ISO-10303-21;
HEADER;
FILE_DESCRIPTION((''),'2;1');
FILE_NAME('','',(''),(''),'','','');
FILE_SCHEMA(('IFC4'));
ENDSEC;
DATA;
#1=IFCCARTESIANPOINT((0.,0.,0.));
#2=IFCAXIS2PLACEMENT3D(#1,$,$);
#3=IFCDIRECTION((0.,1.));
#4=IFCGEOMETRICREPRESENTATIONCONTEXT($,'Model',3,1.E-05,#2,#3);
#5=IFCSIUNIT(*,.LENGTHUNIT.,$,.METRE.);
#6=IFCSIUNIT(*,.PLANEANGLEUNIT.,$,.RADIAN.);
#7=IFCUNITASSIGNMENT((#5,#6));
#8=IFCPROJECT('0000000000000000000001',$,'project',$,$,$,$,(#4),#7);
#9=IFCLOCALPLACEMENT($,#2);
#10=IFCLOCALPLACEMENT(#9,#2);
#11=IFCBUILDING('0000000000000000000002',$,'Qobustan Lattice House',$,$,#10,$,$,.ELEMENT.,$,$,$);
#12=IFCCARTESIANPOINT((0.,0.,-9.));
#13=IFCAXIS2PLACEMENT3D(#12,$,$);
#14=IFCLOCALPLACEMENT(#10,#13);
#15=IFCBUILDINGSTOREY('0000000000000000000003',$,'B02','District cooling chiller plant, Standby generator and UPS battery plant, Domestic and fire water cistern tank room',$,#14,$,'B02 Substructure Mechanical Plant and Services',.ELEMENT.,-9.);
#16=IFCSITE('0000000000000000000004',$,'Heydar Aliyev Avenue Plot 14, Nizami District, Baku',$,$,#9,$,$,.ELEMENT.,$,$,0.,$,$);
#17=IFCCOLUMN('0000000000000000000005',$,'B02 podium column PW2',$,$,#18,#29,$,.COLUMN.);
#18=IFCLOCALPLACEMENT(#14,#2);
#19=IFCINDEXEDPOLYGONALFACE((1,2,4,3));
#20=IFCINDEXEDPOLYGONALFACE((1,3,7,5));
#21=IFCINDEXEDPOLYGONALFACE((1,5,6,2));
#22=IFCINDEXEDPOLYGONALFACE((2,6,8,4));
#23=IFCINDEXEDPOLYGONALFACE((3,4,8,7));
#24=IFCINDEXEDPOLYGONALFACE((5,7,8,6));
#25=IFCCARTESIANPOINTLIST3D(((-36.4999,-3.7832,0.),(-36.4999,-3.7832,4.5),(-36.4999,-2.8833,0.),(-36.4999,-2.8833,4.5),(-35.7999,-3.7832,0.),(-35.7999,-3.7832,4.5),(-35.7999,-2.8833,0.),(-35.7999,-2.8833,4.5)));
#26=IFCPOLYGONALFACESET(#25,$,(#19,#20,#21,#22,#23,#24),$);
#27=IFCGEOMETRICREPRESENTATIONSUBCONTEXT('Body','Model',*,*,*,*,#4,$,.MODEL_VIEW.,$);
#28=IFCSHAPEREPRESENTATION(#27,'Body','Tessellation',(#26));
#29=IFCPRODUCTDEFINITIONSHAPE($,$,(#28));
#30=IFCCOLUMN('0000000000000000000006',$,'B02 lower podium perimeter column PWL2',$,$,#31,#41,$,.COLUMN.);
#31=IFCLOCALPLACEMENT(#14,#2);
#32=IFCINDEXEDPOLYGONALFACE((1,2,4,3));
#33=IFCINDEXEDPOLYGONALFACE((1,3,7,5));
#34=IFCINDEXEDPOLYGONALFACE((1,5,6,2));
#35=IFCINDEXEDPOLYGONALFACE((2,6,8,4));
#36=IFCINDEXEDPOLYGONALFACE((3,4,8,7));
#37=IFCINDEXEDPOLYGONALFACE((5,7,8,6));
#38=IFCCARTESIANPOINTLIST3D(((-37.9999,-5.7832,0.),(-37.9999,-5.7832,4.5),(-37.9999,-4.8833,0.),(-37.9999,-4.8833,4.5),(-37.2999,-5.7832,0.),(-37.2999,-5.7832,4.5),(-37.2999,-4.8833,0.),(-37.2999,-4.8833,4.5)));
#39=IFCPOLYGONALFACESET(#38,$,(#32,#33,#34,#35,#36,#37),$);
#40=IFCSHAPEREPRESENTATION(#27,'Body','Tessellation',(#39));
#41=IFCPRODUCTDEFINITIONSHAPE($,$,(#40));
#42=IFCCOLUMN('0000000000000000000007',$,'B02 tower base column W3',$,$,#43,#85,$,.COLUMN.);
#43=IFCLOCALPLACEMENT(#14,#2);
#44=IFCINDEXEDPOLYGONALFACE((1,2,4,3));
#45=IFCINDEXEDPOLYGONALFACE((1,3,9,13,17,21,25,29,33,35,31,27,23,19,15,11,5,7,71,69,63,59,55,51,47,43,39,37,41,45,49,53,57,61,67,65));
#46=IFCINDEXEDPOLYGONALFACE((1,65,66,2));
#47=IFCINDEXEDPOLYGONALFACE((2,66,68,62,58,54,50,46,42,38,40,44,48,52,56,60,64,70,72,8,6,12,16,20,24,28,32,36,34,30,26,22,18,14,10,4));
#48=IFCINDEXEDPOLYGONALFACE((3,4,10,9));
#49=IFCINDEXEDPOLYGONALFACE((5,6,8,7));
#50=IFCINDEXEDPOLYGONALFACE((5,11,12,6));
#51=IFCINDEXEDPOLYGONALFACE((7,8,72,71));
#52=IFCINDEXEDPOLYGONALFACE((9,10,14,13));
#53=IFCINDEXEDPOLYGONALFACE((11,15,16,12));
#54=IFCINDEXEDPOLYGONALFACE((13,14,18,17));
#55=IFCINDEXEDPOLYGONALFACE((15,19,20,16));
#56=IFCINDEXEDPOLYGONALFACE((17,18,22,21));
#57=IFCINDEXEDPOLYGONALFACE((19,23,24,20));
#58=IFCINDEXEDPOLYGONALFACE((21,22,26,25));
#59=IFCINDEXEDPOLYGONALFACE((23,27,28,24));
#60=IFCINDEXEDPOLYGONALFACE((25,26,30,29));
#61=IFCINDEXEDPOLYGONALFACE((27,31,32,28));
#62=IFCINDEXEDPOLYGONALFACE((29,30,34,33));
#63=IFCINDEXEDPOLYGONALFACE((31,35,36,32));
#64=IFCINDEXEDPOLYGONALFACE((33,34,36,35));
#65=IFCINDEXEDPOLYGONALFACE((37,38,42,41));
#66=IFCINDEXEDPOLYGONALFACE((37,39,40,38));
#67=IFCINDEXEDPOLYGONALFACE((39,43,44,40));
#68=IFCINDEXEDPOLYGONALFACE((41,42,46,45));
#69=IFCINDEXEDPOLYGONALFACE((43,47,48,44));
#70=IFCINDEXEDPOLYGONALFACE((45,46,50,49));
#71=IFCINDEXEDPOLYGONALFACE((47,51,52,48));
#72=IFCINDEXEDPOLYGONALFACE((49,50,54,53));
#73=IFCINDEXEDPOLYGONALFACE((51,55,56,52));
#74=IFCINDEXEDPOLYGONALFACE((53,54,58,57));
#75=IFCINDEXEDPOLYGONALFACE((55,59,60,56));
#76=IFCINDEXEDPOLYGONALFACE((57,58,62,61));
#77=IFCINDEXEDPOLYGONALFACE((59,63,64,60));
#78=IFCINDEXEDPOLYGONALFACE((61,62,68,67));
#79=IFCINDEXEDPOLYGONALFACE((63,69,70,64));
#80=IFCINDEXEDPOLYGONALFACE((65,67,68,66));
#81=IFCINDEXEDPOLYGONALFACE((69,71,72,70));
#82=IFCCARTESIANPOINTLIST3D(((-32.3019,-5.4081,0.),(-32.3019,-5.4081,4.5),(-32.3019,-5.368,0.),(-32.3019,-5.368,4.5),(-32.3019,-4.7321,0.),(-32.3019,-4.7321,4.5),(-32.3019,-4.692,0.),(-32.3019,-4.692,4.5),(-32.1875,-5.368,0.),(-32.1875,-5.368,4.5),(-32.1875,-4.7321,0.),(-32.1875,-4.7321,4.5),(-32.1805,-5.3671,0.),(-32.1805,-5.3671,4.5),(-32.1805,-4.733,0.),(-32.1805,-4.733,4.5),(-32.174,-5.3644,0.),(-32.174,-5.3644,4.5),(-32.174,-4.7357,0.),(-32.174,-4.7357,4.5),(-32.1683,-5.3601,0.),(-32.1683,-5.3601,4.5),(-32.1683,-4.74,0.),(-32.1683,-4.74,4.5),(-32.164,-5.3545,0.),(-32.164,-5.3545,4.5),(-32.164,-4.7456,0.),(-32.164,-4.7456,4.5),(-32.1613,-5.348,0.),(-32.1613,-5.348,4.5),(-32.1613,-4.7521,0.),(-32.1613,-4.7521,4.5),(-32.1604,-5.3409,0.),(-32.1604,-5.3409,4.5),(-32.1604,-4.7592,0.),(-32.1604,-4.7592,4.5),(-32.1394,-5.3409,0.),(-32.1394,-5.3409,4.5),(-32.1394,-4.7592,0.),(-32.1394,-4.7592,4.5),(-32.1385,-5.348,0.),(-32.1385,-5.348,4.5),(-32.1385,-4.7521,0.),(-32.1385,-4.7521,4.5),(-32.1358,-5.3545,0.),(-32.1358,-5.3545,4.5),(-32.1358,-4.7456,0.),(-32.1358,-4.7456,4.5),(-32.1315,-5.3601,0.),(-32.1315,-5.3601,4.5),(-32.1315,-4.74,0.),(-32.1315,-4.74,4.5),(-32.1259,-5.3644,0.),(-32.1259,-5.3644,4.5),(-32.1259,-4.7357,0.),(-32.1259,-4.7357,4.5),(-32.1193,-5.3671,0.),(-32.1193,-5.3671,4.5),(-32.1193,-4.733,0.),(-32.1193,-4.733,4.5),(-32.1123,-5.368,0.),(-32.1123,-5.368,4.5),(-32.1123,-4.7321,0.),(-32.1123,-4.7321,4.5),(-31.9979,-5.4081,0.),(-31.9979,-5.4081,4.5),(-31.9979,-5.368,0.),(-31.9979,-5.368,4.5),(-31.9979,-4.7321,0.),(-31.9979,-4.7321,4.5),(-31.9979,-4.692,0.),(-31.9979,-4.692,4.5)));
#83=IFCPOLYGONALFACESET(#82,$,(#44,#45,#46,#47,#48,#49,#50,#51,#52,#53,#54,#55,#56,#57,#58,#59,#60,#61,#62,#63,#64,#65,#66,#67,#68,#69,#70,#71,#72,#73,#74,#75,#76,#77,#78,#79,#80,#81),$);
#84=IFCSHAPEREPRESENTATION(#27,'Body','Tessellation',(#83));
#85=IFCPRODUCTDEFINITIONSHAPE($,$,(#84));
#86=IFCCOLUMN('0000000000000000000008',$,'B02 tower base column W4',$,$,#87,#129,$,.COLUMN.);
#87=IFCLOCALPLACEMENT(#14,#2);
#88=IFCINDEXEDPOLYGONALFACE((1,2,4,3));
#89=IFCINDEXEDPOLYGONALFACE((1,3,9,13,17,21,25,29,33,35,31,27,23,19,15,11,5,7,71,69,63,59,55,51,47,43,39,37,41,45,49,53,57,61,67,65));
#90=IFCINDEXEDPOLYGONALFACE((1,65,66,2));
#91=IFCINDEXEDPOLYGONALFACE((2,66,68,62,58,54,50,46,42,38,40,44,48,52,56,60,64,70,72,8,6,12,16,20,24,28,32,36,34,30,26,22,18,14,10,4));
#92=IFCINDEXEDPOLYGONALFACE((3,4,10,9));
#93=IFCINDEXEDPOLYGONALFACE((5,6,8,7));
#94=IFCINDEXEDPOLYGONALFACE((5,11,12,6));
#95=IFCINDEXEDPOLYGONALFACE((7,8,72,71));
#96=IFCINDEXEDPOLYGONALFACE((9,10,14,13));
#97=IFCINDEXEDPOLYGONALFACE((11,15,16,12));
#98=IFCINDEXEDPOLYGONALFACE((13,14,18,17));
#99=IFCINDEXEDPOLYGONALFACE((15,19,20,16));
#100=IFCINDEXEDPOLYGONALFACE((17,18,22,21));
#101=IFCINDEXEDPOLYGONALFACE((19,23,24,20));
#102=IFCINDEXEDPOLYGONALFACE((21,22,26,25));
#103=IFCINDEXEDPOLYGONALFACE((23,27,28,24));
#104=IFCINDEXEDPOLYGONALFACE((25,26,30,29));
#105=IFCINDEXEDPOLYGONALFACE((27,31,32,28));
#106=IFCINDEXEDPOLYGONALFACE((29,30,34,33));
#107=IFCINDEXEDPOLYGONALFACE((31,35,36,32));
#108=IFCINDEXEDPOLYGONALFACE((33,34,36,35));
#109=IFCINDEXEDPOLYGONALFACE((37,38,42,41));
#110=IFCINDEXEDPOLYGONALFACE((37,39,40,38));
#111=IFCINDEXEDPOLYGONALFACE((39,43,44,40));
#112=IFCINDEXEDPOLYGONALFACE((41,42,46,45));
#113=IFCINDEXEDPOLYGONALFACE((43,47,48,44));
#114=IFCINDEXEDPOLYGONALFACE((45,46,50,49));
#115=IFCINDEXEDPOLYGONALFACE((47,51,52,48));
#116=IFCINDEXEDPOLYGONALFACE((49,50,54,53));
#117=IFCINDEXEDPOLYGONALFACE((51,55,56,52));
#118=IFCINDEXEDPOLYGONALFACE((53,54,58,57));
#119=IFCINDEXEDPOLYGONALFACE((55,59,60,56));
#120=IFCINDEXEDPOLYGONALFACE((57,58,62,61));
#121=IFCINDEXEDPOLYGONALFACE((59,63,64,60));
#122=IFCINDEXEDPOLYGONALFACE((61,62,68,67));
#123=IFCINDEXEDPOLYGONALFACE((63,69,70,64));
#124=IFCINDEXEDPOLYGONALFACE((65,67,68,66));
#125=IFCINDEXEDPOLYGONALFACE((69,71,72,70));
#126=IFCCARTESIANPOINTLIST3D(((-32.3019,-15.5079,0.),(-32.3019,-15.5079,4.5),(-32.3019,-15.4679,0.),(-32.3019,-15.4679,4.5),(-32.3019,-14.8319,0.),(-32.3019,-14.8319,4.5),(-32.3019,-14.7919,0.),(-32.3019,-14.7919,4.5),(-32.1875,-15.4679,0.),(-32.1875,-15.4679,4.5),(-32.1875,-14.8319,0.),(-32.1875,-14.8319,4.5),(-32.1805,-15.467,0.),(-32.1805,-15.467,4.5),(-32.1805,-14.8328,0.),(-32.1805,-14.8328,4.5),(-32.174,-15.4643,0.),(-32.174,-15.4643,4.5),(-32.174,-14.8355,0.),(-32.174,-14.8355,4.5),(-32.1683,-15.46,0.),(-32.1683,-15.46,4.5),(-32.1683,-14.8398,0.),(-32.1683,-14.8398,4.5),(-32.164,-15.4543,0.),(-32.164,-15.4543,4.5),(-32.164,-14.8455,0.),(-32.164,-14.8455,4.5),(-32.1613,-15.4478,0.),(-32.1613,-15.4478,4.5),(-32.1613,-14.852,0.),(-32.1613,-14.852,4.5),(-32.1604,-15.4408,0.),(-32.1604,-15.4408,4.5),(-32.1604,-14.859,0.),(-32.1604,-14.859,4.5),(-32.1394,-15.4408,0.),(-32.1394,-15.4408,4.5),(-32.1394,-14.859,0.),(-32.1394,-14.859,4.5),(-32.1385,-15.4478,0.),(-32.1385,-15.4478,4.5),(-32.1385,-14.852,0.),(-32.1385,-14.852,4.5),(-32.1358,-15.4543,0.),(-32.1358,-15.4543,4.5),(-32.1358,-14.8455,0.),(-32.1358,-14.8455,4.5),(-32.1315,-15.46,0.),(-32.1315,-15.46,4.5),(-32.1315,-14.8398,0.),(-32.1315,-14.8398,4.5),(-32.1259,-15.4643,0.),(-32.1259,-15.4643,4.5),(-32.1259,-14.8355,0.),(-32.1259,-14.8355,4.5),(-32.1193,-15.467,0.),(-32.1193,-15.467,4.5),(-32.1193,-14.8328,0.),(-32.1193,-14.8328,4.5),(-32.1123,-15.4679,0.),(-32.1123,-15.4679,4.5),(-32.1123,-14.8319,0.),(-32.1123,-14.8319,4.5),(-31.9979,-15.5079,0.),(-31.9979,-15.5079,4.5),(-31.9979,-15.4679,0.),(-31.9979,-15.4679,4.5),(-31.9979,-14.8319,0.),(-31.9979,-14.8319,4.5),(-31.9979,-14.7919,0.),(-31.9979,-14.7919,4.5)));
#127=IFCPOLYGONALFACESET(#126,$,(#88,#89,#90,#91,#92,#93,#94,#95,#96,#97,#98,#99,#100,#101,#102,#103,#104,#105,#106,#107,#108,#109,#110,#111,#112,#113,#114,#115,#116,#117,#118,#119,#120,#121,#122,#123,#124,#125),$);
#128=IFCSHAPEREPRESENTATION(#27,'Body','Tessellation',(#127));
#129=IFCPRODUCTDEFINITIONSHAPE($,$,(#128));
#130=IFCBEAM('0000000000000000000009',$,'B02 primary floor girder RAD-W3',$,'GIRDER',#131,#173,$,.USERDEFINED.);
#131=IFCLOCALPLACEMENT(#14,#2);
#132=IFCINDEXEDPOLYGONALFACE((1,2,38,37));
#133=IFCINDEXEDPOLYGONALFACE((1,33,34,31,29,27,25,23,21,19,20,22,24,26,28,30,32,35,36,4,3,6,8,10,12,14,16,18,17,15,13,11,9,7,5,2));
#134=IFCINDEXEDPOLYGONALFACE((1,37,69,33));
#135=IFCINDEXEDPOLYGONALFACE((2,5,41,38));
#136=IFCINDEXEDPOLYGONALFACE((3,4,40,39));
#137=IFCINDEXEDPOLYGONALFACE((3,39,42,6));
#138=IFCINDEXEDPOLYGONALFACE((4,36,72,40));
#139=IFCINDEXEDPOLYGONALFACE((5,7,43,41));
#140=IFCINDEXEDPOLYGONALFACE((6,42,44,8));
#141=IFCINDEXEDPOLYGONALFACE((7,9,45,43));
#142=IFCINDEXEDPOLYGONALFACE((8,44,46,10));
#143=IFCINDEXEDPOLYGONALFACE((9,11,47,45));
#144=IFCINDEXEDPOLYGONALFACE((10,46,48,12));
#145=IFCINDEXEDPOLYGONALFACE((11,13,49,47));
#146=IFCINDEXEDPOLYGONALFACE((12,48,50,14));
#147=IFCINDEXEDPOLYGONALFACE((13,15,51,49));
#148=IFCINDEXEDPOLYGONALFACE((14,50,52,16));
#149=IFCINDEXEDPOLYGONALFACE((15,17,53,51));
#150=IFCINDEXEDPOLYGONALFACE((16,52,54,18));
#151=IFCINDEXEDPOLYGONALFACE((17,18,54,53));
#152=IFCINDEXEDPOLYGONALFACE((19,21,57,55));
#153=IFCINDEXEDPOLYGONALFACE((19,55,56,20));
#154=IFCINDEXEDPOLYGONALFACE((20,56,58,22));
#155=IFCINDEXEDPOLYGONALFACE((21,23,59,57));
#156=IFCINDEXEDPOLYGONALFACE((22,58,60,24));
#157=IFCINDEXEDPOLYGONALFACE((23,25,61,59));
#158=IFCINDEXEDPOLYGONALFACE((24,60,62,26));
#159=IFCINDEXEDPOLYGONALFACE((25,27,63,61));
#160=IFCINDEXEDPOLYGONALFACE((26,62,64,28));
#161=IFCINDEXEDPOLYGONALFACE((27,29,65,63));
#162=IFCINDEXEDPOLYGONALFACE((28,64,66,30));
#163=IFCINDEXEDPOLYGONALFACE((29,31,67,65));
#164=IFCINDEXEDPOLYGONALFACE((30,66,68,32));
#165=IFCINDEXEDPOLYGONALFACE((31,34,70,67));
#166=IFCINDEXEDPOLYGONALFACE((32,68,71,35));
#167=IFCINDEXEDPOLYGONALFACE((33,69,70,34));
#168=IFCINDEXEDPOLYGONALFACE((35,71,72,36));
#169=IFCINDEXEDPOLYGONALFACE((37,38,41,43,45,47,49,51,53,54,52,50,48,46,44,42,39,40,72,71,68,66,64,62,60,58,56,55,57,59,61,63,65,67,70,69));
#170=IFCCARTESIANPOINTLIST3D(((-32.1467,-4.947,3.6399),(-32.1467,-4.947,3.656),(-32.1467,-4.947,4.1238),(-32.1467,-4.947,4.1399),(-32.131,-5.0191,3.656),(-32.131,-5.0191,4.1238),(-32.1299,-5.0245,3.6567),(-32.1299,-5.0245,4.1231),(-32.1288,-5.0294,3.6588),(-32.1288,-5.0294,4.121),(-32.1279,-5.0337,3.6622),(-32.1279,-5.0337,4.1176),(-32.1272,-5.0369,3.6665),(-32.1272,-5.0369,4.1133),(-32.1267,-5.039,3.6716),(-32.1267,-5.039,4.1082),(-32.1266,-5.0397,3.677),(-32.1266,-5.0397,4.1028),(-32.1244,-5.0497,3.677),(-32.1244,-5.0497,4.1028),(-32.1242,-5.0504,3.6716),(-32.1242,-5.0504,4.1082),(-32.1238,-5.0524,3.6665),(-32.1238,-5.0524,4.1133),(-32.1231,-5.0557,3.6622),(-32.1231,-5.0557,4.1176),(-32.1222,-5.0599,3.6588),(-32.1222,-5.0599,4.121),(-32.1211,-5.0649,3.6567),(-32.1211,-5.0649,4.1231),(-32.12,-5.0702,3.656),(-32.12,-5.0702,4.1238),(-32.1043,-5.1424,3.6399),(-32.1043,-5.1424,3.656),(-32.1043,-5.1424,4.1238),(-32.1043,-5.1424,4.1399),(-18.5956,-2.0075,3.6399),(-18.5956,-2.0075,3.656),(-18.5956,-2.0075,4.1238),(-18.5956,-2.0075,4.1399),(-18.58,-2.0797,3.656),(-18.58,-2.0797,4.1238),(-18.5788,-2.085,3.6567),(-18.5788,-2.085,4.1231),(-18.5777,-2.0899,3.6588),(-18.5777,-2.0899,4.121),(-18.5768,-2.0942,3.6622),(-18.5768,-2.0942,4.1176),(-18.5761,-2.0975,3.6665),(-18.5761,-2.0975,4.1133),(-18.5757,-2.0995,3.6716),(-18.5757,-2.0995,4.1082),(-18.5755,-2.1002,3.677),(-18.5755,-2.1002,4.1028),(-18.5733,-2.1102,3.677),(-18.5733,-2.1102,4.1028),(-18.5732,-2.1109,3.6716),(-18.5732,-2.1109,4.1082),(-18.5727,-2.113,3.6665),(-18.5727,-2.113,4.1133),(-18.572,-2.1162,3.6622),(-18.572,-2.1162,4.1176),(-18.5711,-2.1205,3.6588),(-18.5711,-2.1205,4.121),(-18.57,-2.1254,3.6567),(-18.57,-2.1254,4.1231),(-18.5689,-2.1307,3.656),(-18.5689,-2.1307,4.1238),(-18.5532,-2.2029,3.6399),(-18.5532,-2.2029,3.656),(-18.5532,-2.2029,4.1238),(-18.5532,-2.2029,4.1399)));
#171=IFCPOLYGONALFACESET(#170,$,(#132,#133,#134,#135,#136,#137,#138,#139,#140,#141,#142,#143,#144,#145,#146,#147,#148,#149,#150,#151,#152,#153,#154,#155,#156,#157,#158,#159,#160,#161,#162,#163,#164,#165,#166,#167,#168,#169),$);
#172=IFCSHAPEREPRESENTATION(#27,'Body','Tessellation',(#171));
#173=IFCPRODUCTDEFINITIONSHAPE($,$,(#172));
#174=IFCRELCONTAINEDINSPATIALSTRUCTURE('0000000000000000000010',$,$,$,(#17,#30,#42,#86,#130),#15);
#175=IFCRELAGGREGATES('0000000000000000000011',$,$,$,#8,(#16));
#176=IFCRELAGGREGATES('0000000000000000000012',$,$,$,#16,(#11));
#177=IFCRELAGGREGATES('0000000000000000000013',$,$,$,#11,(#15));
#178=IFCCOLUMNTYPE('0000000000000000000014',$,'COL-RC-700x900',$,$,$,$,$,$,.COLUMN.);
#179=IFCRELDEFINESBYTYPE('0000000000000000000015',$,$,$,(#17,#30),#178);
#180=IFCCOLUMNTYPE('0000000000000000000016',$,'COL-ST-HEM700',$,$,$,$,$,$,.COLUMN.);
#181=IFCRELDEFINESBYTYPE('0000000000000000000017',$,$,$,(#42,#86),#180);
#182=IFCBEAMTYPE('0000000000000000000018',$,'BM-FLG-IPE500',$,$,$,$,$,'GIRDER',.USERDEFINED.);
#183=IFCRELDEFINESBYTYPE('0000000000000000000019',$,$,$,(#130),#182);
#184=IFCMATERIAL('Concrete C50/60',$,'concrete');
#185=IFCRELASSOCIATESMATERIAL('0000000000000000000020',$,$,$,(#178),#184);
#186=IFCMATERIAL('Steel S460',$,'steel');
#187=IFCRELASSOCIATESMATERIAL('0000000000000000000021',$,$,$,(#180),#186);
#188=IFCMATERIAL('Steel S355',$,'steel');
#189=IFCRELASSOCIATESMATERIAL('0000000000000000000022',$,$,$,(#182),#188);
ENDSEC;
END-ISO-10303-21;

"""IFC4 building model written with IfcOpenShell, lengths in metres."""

from ifc_helpers import new_model, si_unit, direction, frame, origin, origin_2d, place, context, subcontext, project, spatial, rectangle, i_section, extrude, material, material_profile, profile_set, type_object, element, save


model = new_model("IFC4")

# Units and contexts
model_context = context("Model", 3, precision=1e-05, world=origin(), true_north=direction((0.0, 1.0)))
body_context = subcontext(model_context, "Body", "Model", "MODEL_VIEW")
ifc_project = project(units=[si_unit("LENGTHUNIT", "METRE"), si_unit("PLANEANGLEUNIT", "RADIAN")], contexts=[model_context])

# Site, building, storey
site_placement = place(None, origin())
site = spatial("IfcSite", under=ifc_project, at=site_placement, Name="Heydar Aliyev Avenue Plot 14, Nizami District, Baku", CompositionType="ELEMENT", RefElevation=0.0)
building_placement = place(site_placement, origin())
building = spatial("IfcBuilding", under=site, at=building_placement, Name="Qobustan Lattice House", CompositionType="ELEMENT")
storey_placement = place(building_placement, frame((0.0, 0.0, -9.0)))
storey = spatial("IfcBuildingStorey", under=building, at=storey_placement, Name="B02", Description="District cooling chiller plant, Standby generator and UPS battery plant, Domestic and fire water cistern tank room", LongName="B02 Substructure Mechanical Plant and Services", CompositionType="ELEMENT", Elevation=-9.0)

# Columns
ifc_material_1 = material(Name="Concrete C50/60", Category="concrete")
ifc_material_profile_1 = material_profile(ifc_material_1, rectangle(XDim=0.7, YDim=0.8999, at=origin_2d()), Name="RC700x900")
ifc_profile_set_1 = profile_set([ifc_material_profile_1], Name="Concrete C50/60")
column_type_1 = type_object("IfcColumnType", Name="COL-RC-700x900", PredefinedType="COLUMN", material=ifc_profile_set_1)
for number, where, z_axis, x_axis, name in (
    (1, (-36.1499, -3.3333, 0.0), (0.0, 0.0, 1.0), (1.0, 0.0, 0.0), "B02 podium column PW2"),
    (2, (-37.6499, -5.3333, 0.0), (0.0, 0.0, 1.0), (1.0, 0.0, 0.0), "B02 lower podium perimeter column PWL2"),
):
    element("IfcColumn", number, at=place(storey_placement, frame(where, z_axis=z_axis, x_axis=x_axis)), inside=storey, type_object=column_type_1, Name=name, PredefinedType="COLUMN", context=body_context, shape_type="SweptSolid", body=[
        extrude(rectangle(XDim=0.7, YDim=0.8999, at=origin_2d()), origin(), (0.0, 0.0, 1.0), 4.5),
    ])
ifc_material_2 = material(Name="Steel S460", Category="steel")
ifc_material_profile_2 = material_profile(ifc_material_2, i_section(OverallWidth=0.304, OverallDepth=0.7161, WebThickness=0.021, FlangeThickness=0.04, FilletRadius=0.0271, at=origin_2d()), Name="HEM700")
ifc_profile_set_2 = profile_set([ifc_material_profile_2], Name="Steel S460")
column_type_2 = type_object("IfcColumnType", Name="COL-ST-HEM700", PredefinedType="COLUMN", material=ifc_profile_set_2)
for number, where, z_axis, x_axis, name in (
    (3, (-32.1499, -5.05, 0.0), (0.0, 0.0, 1.0), (1.0, 0.0, 0.0), "B02 tower base column W3"),
    (4, (-32.1499, -15.1499, 0.0), (0.0, 0.0, 1.0), (1.0, 0.0, 0.0), "B02 tower base column W4"),
):
    element("IfcColumn", number, at=place(storey_placement, frame(where, z_axis=z_axis, x_axis=x_axis)), inside=storey, type_object=column_type_2, Name=name, PredefinedType="COLUMN", context=body_context, shape_type="SweptSolid", body=[
        extrude(i_section(OverallWidth=0.304, OverallDepth=0.7161, WebThickness=0.021, FlangeThickness=0.04, FilletRadius=0.0271, at=origin_2d()), origin(), (0.0, 0.0, 1.0), 4.5),
    ])

# Beam
ifc_material_3 = material(Name="Steel S355", Category="steel")
ifc_material_profile_3 = material_profile(ifc_material_3, i_section(OverallWidth=0.2, OverallDepth=0.5, WebThickness=0.0103, FlangeThickness=0.0161, FilletRadius=0.021, at=origin_2d()), Name="IPE500")
ifc_profile_set_3 = profile_set([ifc_material_profile_3], Name="Steel S355")
beam_type_1 = type_object("IfcBeamType", Name="BM-FLG-IPE500", ElementType="GIRDER", PredefinedType="USERDEFINED", material=ifc_profile_set_3)
beam_1_placement = place(storey_placement, frame((-32.1255, -5.0447, 3.8899), z_axis=(0.977272, 0.211987, 0.0), x_axis=(-0.211987, 0.977272, 0.0)))
element("IfcBeam", 5, at=beam_1_placement, inside=storey, type_object=beam_type_1, Name="B02 primary floor girder RAD-W3", ObjectType="GIRDER", PredefinedType="USERDEFINED", context=body_context, shape_type="SweptSolid", body=[
    extrude(i_section(OverallWidth=0.2, OverallDepth=0.5, WebThickness=0.0103, FlangeThickness=0.0161, FilletRadius=0.021, at=origin_2d()), origin(), (0.0, 0.0, 1.0), 13.8662),
])

save(model, "model.ifc")
